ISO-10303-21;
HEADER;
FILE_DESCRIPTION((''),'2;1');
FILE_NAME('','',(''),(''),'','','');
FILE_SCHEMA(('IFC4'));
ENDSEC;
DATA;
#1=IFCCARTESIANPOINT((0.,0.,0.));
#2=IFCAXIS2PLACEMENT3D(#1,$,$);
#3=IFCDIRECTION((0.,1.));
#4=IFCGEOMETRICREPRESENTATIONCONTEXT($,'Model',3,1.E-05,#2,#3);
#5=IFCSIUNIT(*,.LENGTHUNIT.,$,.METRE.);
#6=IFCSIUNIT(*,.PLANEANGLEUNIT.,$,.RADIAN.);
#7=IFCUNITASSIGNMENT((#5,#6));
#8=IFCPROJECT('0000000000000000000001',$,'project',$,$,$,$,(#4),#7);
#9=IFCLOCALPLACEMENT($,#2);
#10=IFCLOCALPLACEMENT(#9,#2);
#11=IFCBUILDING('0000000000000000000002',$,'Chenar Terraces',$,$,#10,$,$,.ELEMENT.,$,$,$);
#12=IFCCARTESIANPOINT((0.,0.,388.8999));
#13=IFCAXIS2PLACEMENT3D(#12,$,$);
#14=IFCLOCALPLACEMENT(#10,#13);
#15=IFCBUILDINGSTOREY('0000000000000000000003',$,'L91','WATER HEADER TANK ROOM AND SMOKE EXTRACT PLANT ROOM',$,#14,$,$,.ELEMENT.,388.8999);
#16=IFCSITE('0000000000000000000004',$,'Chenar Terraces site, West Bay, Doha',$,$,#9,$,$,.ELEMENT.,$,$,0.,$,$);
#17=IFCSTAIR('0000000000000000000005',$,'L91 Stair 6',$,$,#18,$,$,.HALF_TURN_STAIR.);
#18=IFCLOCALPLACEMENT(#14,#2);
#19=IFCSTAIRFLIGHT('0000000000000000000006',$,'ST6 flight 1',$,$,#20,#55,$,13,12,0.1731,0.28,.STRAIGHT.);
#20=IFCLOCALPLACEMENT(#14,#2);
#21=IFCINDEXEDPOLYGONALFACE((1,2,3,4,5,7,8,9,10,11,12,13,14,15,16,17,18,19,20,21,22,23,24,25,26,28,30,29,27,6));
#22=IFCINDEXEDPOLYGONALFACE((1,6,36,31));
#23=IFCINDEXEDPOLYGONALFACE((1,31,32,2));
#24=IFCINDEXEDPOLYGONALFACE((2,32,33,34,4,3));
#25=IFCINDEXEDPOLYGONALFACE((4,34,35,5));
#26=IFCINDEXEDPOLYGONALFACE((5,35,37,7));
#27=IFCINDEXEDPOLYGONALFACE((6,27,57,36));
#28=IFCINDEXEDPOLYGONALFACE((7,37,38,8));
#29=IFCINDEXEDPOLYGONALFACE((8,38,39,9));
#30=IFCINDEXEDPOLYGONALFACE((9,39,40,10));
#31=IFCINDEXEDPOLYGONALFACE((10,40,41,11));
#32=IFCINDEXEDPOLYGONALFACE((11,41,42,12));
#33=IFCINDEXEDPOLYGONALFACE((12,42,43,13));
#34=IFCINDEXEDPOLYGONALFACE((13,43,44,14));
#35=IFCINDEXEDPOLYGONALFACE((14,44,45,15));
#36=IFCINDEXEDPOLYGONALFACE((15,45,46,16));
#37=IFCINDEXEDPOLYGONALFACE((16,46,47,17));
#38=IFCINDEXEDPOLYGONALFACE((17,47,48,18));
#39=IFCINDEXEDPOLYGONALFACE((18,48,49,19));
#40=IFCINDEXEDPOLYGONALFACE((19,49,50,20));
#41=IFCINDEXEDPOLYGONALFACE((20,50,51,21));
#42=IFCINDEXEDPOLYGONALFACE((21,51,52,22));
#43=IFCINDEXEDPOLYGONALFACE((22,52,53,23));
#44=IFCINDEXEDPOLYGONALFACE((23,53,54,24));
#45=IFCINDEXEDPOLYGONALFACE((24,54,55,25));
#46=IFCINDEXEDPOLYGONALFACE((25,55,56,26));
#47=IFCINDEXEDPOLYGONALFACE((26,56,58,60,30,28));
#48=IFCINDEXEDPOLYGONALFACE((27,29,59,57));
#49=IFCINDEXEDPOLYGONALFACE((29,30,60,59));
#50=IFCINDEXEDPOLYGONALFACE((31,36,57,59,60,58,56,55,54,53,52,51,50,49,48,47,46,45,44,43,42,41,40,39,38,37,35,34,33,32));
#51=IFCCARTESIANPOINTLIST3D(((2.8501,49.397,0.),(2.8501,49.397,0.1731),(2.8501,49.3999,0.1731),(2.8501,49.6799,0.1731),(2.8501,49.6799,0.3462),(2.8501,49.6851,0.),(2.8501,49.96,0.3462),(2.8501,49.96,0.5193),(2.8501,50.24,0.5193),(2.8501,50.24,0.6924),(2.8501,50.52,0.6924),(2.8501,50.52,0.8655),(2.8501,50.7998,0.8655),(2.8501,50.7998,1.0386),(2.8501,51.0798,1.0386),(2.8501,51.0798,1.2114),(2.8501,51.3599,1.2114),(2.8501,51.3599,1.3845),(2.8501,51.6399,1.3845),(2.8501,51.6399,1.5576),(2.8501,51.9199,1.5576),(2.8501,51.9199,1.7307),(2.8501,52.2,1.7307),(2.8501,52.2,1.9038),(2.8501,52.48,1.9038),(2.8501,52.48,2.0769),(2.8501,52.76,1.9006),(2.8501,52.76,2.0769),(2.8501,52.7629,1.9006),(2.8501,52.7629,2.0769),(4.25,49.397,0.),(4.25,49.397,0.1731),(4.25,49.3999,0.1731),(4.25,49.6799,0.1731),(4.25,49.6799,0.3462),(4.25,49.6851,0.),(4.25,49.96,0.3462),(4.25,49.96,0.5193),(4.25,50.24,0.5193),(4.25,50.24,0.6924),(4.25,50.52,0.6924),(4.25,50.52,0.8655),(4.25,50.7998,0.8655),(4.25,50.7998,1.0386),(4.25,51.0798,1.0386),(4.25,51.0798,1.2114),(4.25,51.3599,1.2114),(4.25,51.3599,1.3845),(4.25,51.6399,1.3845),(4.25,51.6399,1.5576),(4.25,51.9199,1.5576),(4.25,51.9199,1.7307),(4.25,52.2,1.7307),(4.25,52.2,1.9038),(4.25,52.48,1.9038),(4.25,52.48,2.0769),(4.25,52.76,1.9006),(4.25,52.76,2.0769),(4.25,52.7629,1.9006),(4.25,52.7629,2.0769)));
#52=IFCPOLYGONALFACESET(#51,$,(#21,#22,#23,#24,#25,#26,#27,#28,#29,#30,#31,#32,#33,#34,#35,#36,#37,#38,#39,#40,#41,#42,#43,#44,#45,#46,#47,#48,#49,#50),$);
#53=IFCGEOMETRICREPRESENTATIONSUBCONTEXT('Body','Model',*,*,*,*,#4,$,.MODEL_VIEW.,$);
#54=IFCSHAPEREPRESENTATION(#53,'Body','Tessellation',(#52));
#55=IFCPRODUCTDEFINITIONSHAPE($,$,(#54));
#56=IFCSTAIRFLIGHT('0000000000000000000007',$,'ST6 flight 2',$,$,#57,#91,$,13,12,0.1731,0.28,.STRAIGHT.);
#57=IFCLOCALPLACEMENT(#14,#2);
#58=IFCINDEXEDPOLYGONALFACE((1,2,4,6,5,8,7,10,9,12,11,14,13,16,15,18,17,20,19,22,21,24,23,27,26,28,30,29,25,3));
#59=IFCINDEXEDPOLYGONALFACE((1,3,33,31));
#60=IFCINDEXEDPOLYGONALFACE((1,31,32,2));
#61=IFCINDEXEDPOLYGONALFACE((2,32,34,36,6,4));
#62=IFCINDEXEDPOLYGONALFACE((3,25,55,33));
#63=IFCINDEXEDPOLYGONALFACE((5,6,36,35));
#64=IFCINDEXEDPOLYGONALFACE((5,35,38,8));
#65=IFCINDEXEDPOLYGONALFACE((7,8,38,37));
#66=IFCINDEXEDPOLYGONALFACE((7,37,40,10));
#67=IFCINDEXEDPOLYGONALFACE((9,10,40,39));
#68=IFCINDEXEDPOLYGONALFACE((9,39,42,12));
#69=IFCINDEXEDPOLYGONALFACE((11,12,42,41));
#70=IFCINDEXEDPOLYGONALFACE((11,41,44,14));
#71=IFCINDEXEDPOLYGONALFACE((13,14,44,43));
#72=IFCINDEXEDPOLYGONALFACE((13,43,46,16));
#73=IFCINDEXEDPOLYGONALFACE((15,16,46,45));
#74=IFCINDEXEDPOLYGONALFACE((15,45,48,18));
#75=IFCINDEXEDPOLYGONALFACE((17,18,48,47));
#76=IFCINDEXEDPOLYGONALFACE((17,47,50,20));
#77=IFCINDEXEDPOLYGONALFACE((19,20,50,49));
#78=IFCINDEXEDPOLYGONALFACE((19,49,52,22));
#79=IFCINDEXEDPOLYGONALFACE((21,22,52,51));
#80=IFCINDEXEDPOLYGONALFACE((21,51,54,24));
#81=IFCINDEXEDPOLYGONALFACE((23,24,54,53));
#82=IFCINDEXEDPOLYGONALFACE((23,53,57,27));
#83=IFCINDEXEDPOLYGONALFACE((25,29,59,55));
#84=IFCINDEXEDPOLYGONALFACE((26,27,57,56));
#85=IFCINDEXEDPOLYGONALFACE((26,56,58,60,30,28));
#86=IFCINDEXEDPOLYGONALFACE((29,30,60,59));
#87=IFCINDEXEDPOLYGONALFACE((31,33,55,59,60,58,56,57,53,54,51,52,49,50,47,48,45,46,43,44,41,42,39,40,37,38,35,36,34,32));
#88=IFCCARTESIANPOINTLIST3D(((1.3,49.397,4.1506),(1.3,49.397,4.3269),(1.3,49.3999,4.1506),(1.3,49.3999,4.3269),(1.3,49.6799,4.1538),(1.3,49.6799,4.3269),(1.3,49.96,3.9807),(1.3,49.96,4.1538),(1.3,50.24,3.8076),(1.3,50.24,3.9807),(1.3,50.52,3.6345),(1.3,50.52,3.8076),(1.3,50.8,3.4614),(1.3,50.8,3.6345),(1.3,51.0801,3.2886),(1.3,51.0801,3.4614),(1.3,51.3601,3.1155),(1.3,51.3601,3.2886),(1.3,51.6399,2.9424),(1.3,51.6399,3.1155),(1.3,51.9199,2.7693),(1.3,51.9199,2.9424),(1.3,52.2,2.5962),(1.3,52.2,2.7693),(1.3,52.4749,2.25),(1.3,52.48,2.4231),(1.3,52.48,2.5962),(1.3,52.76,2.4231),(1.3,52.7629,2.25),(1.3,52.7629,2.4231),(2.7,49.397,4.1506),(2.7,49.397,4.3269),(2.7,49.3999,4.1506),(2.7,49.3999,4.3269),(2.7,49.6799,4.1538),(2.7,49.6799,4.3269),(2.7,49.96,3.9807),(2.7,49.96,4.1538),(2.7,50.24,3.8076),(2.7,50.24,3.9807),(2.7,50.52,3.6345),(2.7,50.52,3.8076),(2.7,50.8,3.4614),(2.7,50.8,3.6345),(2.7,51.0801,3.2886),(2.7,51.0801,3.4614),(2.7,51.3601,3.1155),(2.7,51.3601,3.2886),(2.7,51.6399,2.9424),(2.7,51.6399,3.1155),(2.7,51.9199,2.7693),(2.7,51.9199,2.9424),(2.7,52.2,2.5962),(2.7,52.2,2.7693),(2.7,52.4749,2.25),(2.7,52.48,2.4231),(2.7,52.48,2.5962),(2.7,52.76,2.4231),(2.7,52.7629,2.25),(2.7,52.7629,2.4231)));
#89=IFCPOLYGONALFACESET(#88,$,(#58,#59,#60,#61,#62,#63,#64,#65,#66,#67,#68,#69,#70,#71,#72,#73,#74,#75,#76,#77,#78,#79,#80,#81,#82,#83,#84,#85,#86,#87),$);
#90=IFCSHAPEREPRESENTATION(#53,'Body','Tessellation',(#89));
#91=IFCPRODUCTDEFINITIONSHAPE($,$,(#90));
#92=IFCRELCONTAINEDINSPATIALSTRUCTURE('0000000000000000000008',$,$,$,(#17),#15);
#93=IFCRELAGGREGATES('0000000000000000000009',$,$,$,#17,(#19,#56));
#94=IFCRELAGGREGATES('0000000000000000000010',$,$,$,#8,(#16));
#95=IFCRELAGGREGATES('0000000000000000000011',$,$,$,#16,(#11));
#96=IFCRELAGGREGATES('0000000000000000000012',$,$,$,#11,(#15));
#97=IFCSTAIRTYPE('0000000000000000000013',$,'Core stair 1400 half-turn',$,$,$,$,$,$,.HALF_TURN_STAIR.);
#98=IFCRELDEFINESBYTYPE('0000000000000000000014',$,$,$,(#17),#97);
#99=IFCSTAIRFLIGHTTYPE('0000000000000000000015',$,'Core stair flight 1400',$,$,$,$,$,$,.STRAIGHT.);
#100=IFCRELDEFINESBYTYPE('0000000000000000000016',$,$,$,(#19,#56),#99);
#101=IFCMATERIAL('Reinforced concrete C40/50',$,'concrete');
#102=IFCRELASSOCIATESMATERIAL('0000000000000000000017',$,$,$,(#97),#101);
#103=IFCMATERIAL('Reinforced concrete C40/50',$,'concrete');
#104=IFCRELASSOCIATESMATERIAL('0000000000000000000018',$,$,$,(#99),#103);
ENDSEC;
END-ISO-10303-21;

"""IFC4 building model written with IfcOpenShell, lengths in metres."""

from ifc_helpers import new_model, si_unit, direction, frame, origin, place, context, subcontext, project, spatial, polyline, outline, extrude, material, type_object, element, aggregate, save


model = new_model("IFC4")

# Units and contexts
model_context = context("Model", 3, precision=1e-05, world=origin(), true_north=direction((0.0, 1.0)))
body_context = subcontext(model_context, "Body", "Model", "MODEL_VIEW")
ifc_project = project(units=[si_unit("LENGTHUNIT", "METRE"), si_unit("PLANEANGLEUNIT", "RADIAN")], contexts=[model_context])

# Site, building, storey
site_placement = place(None, origin())
site = spatial("IfcSite", under=ifc_project, at=site_placement, Name="Chenar Terraces site, West Bay, Doha", CompositionType="ELEMENT", RefElevation=0.0)
building_placement = place(site_placement, origin())
building = spatial("IfcBuilding", under=site, at=building_placement, Name="Chenar Terraces", CompositionType="ELEMENT")
storey_placement = place(building_placement, frame((0.0, 0.0, 388.8999)))
storey = spatial("IfcBuildingStorey", under=building, at=storey_placement, Name="L91", Description="WATER HEADER TANK ROOM AND SMOKE EXTRACT PLANT ROOM", CompositionType="ELEMENT", Elevation=388.8999)

# Stair, stair flights
ifc_material_1 = material(Name="Reinforced concrete C40/50", Category="concrete")
stair_type = type_object("IfcStairType", Name="Core stair 1400 half-turn", PredefinedType="HALF_TURN_STAIR", material=ifc_material_1)
stair_placement = place(storey_placement, origin())
stair = element("IfcStair", 1, at=stair_placement, inside=storey, type_object=stair_type, Name="L91 Stair 6", PredefinedType="HALF_TURN_STAIR")
ifc_material_2 = material(Name="Reinforced concrete C40/50", Category="concrete")
stair_flight_type = type_object("IfcStairFlightType", Name="Core stair flight 1400", PredefinedType="STRAIGHT", material=ifc_material_2)
stair_flight_1_placement = place(storey_placement, frame((3.55, 49.3999, 0.0), z_axis=(0.0, 0.0, 1.0), x_axis=(0.0, 1.0, 0.0)))
stair_flight_1 = element("IfcStairFlight", 2, at=stair_flight_1_placement, type_object=stair_flight_type, Name="ST6 flight 1", NumberOfRisers=13, NumberOfTreads=12, PredefinedType="STRAIGHT", RiserHeight=0.1731, TreadLength=0.28, context=body_context, shape_type="SweptSolid", body=[
    extrude(outline(polyline([(-0.0029, 0.0), (-0.0029, 0.1731), (0.0, 0.1731), (0.28, 0.1731), (0.28, 0.3462), (0.5601, 0.3462), (0.5601, 0.5193), (0.8401, 0.5193), (0.8401, 0.6924), (1.1201, 0.6924), (1.1201, 0.8655), (1.3999, 0.8655), (1.3999, 1.0386), (1.6799, 1.0386), (1.6799, 1.2114), (1.96, 1.2114), (1.96, 1.3845), (2.24, 1.3845), (2.24, 1.5576), (2.52, 1.5576), (2.52, 1.7307), (2.8, 1.7307), (2.8, 1.9038), (3.0801, 1.9038), (3.0801, 2.0769), (3.3601, 2.0769), (3.363, 2.0769), (3.363, 1.9006), (3.3601, 1.9006), (0.2852, 0.0), (-0.0029, 0.0)])), frame((0.0, 0.7, 0.0), z_axis=(0.0, -1.0, 0.0), x_axis=(1.0, 0.0, 0.0)), (0.0, 0.0, 1.0), 1.3999),
])
stair_flight_2_placement = place(storey_placement, frame((2.0, 52.76, 2.25), z_axis=(0.0, 0.0, 1.0), x_axis=(0.0, -1.0, 0.0)))
stair_flight_2 = element("IfcStairFlight", 3, at=stair_flight_2_placement, type_object=stair_flight_type, Name="ST6 flight 2", NumberOfRisers=13, NumberOfTreads=12, PredefinedType="STRAIGHT", RiserHeight=0.1731, TreadLength=0.28, context=body_context, shape_type="SweptSolid", body=[
    extrude(outline(polyline([(-0.0029, 0.0), (-0.0029, 0.1731), (0.0, 0.1731), (0.28, 0.1731), (0.28, 0.3462), (0.5601, 0.3462), (0.5601, 0.5193), (0.8401, 0.5193), (0.8401, 0.6924), (1.1201, 0.6924), (1.1201, 0.8655), (1.3999, 0.8655), (1.3999, 1.0386), (1.6799, 1.0386), (1.6799, 1.2114), (1.96, 1.2114), (1.96, 1.3845), (2.24, 1.3845), (2.24, 1.5576), (2.52, 1.5576), (2.52, 1.7307), (2.8, 1.7307), (2.8, 1.9038), (3.0801, 1.9038), (3.0801, 2.0769), (3.3601, 2.0769), (3.363, 2.0769), (3.363, 1.9006), (3.3601, 1.9006), (0.2852, 0.0), (-0.0029, 0.0)])), frame((0.0, 0.7, 0.0), z_axis=(0.0, -1.0, 0.0), x_axis=(1.0, 0.0, 0.0)), (0.0, 0.0, 1.0), 1.3999),
])
aggregate(stair, [stair_flight_1, stair_flight_2])

save(model, "model.ifc")
